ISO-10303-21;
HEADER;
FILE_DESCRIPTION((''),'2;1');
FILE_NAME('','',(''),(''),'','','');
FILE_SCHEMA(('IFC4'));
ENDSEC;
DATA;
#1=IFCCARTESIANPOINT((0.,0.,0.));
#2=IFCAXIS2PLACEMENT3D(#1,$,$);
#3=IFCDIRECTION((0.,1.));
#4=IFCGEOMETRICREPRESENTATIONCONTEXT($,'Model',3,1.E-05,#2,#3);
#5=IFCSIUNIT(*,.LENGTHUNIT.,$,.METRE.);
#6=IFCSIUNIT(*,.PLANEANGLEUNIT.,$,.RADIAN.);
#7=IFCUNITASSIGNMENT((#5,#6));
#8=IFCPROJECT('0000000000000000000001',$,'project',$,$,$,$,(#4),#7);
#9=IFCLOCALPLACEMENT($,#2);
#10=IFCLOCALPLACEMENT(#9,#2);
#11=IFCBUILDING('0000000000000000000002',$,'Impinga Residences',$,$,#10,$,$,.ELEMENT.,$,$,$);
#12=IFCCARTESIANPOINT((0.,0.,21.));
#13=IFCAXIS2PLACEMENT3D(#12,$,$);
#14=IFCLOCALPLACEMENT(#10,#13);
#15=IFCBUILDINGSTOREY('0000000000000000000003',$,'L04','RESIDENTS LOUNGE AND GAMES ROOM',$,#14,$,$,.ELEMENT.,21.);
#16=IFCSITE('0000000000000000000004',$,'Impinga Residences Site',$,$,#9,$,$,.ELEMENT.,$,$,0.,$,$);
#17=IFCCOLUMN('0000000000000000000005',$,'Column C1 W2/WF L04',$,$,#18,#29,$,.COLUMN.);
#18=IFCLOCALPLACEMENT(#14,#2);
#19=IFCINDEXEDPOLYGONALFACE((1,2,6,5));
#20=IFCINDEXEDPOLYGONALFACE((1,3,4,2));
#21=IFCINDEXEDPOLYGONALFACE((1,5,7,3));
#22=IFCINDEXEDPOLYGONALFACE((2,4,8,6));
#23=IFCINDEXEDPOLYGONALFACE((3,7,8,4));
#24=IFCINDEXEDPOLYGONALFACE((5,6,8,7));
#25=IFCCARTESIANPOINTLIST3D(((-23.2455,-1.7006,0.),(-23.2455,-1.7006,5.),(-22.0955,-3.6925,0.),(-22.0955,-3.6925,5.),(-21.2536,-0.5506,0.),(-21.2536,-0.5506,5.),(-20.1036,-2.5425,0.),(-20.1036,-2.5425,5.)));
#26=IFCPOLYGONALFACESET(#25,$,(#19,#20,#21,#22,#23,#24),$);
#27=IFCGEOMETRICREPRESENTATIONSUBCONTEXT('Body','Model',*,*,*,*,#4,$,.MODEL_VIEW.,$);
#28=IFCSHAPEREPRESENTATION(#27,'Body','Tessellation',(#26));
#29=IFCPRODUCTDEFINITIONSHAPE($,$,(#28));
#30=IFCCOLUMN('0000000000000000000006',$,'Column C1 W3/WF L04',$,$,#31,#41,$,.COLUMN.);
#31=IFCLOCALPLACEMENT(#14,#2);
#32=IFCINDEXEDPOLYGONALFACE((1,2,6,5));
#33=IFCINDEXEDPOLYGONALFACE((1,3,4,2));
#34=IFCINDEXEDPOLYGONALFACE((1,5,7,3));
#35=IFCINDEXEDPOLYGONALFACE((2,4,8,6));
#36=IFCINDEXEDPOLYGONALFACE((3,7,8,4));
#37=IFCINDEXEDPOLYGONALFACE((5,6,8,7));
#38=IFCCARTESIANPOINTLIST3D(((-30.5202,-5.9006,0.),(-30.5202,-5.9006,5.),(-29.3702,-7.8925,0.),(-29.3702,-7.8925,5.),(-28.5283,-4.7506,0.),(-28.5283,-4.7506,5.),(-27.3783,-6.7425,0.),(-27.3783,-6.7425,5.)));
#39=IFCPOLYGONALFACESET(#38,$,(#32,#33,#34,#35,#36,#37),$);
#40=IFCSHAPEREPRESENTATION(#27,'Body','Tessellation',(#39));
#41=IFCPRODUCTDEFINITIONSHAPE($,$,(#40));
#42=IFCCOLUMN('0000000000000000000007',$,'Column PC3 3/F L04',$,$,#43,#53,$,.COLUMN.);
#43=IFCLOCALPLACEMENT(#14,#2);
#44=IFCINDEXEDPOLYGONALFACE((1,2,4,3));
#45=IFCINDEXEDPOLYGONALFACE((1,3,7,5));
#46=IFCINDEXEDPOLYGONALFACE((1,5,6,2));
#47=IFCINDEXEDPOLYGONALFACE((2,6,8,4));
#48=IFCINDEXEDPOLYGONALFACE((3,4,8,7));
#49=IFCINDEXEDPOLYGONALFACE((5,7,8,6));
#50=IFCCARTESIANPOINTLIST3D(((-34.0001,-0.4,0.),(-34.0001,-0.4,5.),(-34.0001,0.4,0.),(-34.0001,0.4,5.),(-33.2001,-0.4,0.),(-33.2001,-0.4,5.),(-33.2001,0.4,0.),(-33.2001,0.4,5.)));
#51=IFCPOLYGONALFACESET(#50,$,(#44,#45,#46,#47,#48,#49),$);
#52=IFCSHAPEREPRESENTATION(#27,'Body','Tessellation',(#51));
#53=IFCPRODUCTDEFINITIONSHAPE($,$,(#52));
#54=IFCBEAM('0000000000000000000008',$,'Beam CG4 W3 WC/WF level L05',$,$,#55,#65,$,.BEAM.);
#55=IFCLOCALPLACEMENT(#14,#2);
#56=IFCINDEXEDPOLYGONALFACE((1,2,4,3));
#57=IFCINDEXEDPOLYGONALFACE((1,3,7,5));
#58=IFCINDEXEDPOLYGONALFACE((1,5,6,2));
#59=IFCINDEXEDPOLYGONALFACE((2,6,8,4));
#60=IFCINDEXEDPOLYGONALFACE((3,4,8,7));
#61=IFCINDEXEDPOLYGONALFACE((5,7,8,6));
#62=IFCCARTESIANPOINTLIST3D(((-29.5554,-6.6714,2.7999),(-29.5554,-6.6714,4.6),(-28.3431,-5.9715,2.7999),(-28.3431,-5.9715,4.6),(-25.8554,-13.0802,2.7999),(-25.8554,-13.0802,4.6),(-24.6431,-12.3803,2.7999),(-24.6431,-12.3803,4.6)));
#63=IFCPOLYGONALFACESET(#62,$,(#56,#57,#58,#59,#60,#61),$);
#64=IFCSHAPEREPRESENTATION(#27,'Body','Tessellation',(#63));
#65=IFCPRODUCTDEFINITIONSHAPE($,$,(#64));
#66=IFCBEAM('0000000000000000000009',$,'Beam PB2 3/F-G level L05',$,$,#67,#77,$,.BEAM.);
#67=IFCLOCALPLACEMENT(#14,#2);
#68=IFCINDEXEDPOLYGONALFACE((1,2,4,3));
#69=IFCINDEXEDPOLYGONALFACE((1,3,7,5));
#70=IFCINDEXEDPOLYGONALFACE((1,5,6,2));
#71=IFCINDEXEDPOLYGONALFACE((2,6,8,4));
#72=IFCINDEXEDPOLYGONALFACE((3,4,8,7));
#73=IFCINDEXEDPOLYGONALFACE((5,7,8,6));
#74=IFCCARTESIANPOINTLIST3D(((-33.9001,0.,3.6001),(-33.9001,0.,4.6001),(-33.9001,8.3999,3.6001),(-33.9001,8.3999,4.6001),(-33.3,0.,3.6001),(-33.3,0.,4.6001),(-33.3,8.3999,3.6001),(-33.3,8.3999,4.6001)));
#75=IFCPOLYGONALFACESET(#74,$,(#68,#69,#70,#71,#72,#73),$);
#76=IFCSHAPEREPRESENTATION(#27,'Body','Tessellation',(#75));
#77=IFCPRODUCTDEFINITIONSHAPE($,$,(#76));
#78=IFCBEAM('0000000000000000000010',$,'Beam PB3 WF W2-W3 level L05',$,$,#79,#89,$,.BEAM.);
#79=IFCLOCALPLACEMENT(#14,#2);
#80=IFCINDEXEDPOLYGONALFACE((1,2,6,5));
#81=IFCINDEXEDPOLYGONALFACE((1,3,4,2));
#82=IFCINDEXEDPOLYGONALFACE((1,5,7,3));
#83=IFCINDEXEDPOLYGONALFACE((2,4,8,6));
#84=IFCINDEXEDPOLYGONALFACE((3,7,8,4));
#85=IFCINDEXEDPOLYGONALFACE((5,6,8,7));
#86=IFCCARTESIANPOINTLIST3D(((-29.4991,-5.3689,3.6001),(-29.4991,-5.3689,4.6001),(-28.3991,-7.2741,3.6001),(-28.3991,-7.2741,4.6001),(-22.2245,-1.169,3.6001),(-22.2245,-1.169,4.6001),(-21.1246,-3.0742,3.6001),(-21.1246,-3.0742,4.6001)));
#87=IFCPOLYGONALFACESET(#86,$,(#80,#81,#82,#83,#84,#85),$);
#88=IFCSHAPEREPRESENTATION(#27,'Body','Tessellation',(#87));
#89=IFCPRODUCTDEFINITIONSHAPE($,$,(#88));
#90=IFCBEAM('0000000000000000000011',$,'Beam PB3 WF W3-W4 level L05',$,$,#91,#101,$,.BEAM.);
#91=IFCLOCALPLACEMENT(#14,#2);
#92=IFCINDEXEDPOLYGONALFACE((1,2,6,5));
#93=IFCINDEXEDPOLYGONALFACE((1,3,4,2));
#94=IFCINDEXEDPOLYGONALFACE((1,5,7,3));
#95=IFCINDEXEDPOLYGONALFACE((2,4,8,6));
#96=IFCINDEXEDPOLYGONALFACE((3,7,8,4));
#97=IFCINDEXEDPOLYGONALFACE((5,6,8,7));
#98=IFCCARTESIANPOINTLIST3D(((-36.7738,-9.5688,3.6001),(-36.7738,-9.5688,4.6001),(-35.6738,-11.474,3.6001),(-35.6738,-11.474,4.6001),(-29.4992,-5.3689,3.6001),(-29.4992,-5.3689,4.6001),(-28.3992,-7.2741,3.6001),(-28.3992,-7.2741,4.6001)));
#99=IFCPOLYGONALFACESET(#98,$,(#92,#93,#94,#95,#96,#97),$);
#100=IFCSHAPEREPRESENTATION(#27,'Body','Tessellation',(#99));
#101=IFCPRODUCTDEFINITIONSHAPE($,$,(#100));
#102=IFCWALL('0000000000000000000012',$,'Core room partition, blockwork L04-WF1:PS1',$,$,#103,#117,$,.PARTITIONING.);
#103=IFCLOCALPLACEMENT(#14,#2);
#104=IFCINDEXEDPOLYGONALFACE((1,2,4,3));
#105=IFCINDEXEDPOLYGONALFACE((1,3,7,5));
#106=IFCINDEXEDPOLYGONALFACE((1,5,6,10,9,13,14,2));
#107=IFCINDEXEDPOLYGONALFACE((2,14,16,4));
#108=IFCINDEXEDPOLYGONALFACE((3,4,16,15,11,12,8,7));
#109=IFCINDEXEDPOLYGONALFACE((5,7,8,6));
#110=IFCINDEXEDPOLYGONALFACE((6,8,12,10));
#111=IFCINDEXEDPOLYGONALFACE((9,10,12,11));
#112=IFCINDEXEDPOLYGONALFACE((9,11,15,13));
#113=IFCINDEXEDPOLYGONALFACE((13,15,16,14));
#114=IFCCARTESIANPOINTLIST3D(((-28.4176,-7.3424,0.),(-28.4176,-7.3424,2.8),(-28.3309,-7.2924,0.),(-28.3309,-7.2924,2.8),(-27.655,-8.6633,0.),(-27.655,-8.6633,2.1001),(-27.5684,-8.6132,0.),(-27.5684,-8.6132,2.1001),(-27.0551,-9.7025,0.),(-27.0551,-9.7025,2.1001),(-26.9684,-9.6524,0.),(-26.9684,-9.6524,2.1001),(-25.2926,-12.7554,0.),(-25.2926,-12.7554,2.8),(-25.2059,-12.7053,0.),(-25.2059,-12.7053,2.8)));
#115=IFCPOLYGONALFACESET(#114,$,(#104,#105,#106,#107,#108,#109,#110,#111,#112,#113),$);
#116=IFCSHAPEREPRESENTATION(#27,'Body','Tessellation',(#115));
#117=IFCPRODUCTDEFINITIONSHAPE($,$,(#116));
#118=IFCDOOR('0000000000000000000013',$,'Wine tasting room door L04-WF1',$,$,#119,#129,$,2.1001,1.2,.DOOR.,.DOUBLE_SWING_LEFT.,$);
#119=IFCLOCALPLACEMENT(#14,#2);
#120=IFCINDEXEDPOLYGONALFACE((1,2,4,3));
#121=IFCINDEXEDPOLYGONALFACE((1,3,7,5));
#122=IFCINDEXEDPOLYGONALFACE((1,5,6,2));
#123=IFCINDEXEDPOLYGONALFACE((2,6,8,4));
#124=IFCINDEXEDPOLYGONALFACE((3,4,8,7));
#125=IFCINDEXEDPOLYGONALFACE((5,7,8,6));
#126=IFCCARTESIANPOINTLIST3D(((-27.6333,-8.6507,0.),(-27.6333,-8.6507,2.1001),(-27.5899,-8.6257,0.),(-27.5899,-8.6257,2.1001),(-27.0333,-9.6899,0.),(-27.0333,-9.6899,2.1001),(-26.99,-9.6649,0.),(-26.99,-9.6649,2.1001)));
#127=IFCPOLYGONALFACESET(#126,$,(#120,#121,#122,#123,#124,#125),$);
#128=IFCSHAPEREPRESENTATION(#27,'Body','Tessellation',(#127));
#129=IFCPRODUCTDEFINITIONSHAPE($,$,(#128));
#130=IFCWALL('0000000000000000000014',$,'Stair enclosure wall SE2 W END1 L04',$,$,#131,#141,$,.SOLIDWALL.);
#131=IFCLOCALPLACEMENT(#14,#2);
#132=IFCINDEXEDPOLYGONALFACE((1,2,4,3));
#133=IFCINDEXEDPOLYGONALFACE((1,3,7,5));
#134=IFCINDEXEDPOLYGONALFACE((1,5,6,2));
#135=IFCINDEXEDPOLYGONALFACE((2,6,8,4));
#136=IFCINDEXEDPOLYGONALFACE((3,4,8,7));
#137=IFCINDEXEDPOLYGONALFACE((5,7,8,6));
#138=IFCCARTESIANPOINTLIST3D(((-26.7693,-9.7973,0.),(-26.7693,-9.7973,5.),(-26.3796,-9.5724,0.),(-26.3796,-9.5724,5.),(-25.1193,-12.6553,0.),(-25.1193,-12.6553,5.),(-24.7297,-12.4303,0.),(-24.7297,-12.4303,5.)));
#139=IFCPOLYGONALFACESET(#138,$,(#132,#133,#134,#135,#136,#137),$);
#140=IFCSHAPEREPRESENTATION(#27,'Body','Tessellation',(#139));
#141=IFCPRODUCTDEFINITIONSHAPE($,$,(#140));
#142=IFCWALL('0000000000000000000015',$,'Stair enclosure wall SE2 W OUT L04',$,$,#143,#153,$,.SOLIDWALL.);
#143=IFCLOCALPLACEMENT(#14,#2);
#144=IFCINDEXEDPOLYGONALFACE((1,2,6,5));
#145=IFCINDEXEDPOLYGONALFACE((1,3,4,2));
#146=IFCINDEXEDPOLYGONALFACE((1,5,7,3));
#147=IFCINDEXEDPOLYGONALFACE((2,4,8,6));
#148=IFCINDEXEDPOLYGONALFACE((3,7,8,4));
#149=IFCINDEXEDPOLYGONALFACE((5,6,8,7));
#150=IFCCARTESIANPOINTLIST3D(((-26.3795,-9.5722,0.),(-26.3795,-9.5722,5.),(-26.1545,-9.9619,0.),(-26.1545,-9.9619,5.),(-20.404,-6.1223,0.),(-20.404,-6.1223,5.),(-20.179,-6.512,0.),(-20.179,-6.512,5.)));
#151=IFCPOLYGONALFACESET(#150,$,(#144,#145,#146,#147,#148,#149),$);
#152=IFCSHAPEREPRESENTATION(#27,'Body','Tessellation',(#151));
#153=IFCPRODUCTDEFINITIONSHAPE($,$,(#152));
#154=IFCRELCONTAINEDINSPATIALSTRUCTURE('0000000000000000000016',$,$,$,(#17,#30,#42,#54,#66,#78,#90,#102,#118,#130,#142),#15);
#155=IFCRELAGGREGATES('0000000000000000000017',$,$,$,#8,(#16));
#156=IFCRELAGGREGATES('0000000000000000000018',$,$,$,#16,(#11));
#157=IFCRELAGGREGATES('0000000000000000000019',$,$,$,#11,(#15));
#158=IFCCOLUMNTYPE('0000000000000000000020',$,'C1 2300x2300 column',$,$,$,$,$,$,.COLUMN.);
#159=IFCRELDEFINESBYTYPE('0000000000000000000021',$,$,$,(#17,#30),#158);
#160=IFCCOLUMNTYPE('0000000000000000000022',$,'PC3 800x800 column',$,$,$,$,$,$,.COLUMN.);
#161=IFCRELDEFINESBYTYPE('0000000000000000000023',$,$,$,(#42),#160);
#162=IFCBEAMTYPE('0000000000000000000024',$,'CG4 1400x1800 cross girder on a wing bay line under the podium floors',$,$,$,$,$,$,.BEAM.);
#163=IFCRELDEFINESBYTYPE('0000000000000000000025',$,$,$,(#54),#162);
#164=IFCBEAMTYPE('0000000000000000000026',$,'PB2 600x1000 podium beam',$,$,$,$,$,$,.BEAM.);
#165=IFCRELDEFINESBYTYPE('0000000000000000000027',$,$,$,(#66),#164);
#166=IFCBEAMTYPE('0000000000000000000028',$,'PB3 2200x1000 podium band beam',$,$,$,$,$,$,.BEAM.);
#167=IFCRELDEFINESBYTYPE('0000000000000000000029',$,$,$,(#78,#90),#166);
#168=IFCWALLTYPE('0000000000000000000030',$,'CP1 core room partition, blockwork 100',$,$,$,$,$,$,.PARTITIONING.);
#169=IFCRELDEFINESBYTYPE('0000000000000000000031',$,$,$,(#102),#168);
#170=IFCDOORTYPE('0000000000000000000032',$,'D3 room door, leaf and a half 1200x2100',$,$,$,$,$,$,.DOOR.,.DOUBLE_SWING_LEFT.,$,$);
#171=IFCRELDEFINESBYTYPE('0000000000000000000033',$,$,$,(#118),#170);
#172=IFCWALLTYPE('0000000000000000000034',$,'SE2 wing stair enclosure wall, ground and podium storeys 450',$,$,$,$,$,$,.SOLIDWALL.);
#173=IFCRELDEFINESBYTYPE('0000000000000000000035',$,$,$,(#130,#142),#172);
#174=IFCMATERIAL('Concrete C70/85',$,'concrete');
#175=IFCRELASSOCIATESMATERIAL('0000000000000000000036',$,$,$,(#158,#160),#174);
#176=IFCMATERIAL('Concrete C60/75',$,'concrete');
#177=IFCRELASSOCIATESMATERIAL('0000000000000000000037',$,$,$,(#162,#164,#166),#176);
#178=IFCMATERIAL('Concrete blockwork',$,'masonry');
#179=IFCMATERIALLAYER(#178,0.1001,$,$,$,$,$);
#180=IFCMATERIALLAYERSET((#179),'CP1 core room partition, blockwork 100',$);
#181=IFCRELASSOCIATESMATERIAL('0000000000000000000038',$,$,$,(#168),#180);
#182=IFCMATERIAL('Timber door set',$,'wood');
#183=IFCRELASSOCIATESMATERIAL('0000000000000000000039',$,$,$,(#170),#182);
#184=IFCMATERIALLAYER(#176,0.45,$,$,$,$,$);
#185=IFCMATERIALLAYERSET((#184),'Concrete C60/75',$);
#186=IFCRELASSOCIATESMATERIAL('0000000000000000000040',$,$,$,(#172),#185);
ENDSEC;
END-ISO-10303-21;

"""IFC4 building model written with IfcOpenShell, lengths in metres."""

from ifc_helpers import new_model, si_unit, direction, frame, frame_2d, origin, origin_2d, place, context, subcontext, project, spatial, rectangle, extrude, material, layer, layer_set, material_profile, profile_set, type_object, element, fill, save


model = new_model("IFC4")

# Units and contexts
model_context = context("Model", 3, precision=1e-05, world=origin(), true_north=direction((0.0, 1.0)))
body_context = subcontext(model_context, "Body", "Model", "MODEL_VIEW")
ifc_project = project(units=[si_unit("LENGTHUNIT", "METRE"), si_unit("PLANEANGLEUNIT", "RADIAN")], contexts=[model_context])

# Site, building, storey
site_placement = place(None, origin())
site = spatial("IfcSite", under=ifc_project, at=site_placement, Name="Impinga Residences Site", CompositionType="ELEMENT", RefElevation=0.0)
building_placement = place(site_placement, origin())
building = spatial("IfcBuilding", under=site, at=building_placement, Name="Impinga Residences", CompositionType="ELEMENT")
storey_placement = place(building_placement, frame((0.0, 0.0, 21.0)))
storey = spatial("IfcBuildingStorey", under=building, at=storey_placement, Name="L04", Description="RESIDENTS LOUNGE AND GAMES ROOM", CompositionType="ELEMENT", Elevation=21.0)

# Columns
ifc_material_1 = material(Name="Concrete C70/85", Category="concrete")
ifc_material_profile_1 = material_profile(ifc_material_1, rectangle(XDim=2.3, YDim=2.3, at=origin_2d()), Name="RC 2300x2300")
ifc_profile_set_1 = profile_set([ifc_material_profile_1], Name="Concrete C70/85")
column_type_1 = type_object("IfcColumnType", Name="C1 2300x2300 column", PredefinedType="COLUMN", material=ifc_profile_set_1)
for number, where, z_axis, x_axis, name in (
    (1, (-21.6746, -2.1216, 0.0), (0.0, 0.0, 1.0), (-0.5, 0.866025, 0.0), "Column C1 W2/WF L04"),
    (2, (-28.9492, -6.3215, 0.0), (0.0, 0.0, 1.0), (-0.5, 0.866025, 0.0), "Column C1 W3/WF L04"),
):
    element("IfcColumn", number, at=place(storey_placement, frame(where, z_axis=z_axis, x_axis=x_axis)), inside=storey, type_object=column_type_1, Name=name, PredefinedType="COLUMN", context=body_context, shape_type="SweptSolid", body=[
        extrude(rectangle(XDim=2.3, YDim=2.3, at=origin_2d()), origin(), (0.0, 0.0, 1.0), 5.0),
    ])
ifc_material_profile_2 = material_profile(ifc_material_1, rectangle(XDim=0.8, YDim=0.8, at=origin_2d()), Name="RC 800x800")
ifc_profile_set_2 = profile_set([ifc_material_profile_2], Name="Concrete C70/85")
column_type_2 = type_object("IfcColumnType", Name="PC3 800x800 column", PredefinedType="COLUMN", material=ifc_profile_set_2)
column_placement = place(storey_placement, frame((-33.6001, 0.0, 0.0), z_axis=(0.0, 0.0, 1.0), x_axis=(1.0, 0.0, 0.0)))
element("IfcColumn", 3, at=column_placement, inside=storey, type_object=column_type_2, Name="Column PC3 3/F L04", PredefinedType="COLUMN", context=body_context, shape_type="SweptSolid", body=[
    extrude(rectangle(XDim=0.8, YDim=0.8, at=origin_2d()), origin(), (0.0, 0.0, 1.0), 5.0),
])

# Beams
ifc_material_2 = material(Name="Concrete C60/75", Category="concrete")
ifc_material_profile_3 = material_profile(ifc_material_2, rectangle(XDim=1.3999, YDim=1.8, at=origin_2d()), Name="RC 1400x1800")
ifc_profile_set_3 = profile_set([ifc_material_profile_3], Name="Concrete C60/75")
beam_type_1 = type_object("IfcBeamType", Name="CG4 1400x1800 cross girder on a wing bay line under the podium floors", PredefinedType="BEAM", material=ifc_profile_set_3)
beam_1_placement = place(storey_placement, frame((-25.2493, -12.7302, 3.7), z_axis=(-0.499989, 0.866032, 0.0), x_axis=(-0.866032, -0.499989, 0.0)))
element("IfcBeam", 4, at=beam_1_placement, inside=storey, type_object=beam_type_1, Name="Beam CG4 W3 WC/WF level L05", PredefinedType="BEAM", context=body_context, shape_type="SweptSolid", body=[
    extrude(rectangle(XDim=1.3999, YDim=1.8, at=origin_2d()), origin(), (0.0, 0.0, 1.0), 7.4001),
])
ifc_material_profile_4 = material_profile(ifc_material_2, rectangle(XDim=0.6001, YDim=1.0, at=origin_2d()), Name="RC 600x1000")
ifc_profile_set_4 = profile_set([ifc_material_profile_4], Name="Concrete C60/75")
beam_type_2 = type_object("IfcBeamType", Name="PB2 600x1000 podium beam", PredefinedType="BEAM", material=ifc_profile_set_4)
beam_2_placement = place(storey_placement, frame((-33.6001, 0.0, 4.1001), z_axis=(0.0, 1.0, 0.0), x_axis=(-1.0, 0.0, 0.0)))
element("IfcBeam", 5, at=beam_2_placement, inside=storey, type_object=beam_type_2, Name="Beam PB2 3/F-G level L05", PredefinedType="BEAM", context=body_context, shape_type="SweptSolid", body=[
    extrude(rectangle(XDim=0.6001, YDim=1.0, at=origin_2d()), origin(), (0.0, 0.0, 1.0), 8.3999),
])
ifc_material_profile_5 = material_profile(ifc_material_2, rectangle(XDim=2.2, YDim=1.0, at=origin_2d()), Name="RC 2200x1000")
ifc_profile_set_5 = profile_set([ifc_material_profile_5], Name="Concrete C60/75")
beam_type_3 = type_object("IfcBeamType", Name="PB3 2200x1000 podium band beam", PredefinedType="BEAM", material=ifc_profile_set_5)
for number, where, z_axis, x_axis, name in (
    (6, (-21.6746, -2.1216, 4.1001), (-0.866029, -0.499993, 0.0), (0.499993, -0.866029, 0.0), "Beam PB3 WF W2-W3 level L05"),
    (7, (-28.9492, -6.3215, 4.1001), (-0.866029, -0.499993, 0.0), (0.499993, -0.866029, 0.0), "Beam PB3 WF W3-W4 level L05"),
):
    element("IfcBeam", number, at=place(storey_placement, frame(where, z_axis=z_axis, x_axis=x_axis)), inside=storey, type_object=beam_type_3, Name=name, PredefinedType="BEAM", context=body_context, shape_type="SweptSolid", body=[
        extrude(rectangle(XDim=2.2, YDim=1.0, at=origin_2d()), origin(), (0.0, 0.0, 1.0), 8.3999),
    ])

# Wall, opening, door
ifc_material_3 = material(Name="Concrete blockwork", Category="masonry")
ifc_layer_1 = layer(ifc_material_3, 0.1001)
ifc_layer_set_1 = layer_set([ifc_layer_1], Name="CP1 core room partition, blockwork 100")
wall_type_1 = type_object("IfcWallType", Name="CP1 core room partition, blockwork 100", PredefinedType="PARTITIONING", material=ifc_layer_set_1)
wall_1_placement = place(storey_placement, frame((-25.2493, -12.7302, 0.0), z_axis=(0.0, 0.0, 1.0), x_axis=(-0.499987, 0.866033, 0.0)))
wall_1 = element("IfcWall", 8, at=wall_1_placement, inside=storey, type_object=wall_type_1, Name="Core room partition, blockwork L04-WF1:PS1", PredefinedType="PARTITIONING", context=body_context, shape_type="SweptSolid", body=[
    extrude(rectangle(XDim=6.2502, YDim=0.1001, at=frame_2d((3.125, 0.0))), origin(), (0.0, 0.0, 1.0), 2.8),
])
opening_placement = place(wall_1_placement, frame((3.5249, 0.0, 0.0)))
opening = element("IfcOpeningElement", 9, at=opening_placement, cuts=wall_1, PredefinedType="OPENING", context=body_context, shape_type="SweptSolid", body=[
    extrude(rectangle(XDim=1.2, YDim=2.1001, at=frame_2d((0.6001, 1.05))), frame((0.0, 0.0601, 0.0), z_axis=(0.0, -1.0, 0.0), x_axis=(1.0, 0.0, 0.0)), (0.0, 0.0, 1.0), 0.1201),
])
ifc_material_4 = material(Name="Timber door set", Category="wood")
door_type = type_object("IfcDoorType", Name="D3 room door, leaf and a half 1200x2100", OperationType="DOUBLE_SWING_LEFT", PredefinedType="DOOR", material=ifc_material_4)
door_placement = place(opening_placement, origin())
door = element("IfcDoor", 10, at=door_placement, inside=storey, type_object=door_type, Name="Wine tasting room door L04-WF1", OperationType="DOUBLE_SWING_LEFT", OverallHeight=2.1001, OverallWidth=1.2, PredefinedType="DOOR", context=body_context, shape_type="SweptSolid", body=[
    extrude(rectangle(XDim=1.2, YDim=2.1001, at=frame_2d((0.6001, 1.05))), frame((0.0, 0.0249, 0.0), z_axis=(0.0, -1.0, 0.0), x_axis=(1.0, 0.0, 0.0)), (0.0, 0.0, 1.0), 0.05),
])
fill(opening, door)

# Walls
ifc_layer_2 = layer(ifc_material_2, 0.45)
ifc_layer_set_2 = layer_set([ifc_layer_2], Name="Concrete C60/75")
wall_type_2 = type_object("IfcWallType", Name="SE2 wing stair enclosure wall, ground and podium storeys 450", PredefinedType="SOLIDWALL", material=ifc_layer_set_2)
wall_2_placement = place(storey_placement, frame((-24.9246, -12.5427, 0.0), z_axis=(0.0, 0.0, 1.0), x_axis=(-0.499974, 0.86604, 0.0)))
element("IfcWall", 11, at=wall_2_placement, inside=storey, type_object=wall_type_2, Name="Stair enclosure wall SE2 W END1 L04", PredefinedType="SOLIDWALL", context=body_context, shape_type="SweptSolid", body=[
    extrude(rectangle(XDim=3.3, YDim=0.45, at=frame_2d((1.6499, 0.0))), origin(), (0.0, 0.0, 1.0), 5.0),
])
wall_3_placement = place(storey_placement, frame((-20.2915, -6.3171, 0.0), z_axis=(0.0, 0.0, 1.0), x_axis=(-0.866029, -0.499994, 0.0)))
element("IfcWall", 12, at=wall_3_placement, inside=storey, type_object=wall_type_2, Name="Stair enclosure wall SE2 W OUT L04", PredefinedType="SOLIDWALL", context=body_context, shape_type="SweptSolid", body=[
    extrude(rectangle(XDim=6.8999, YDim=0.45, at=frame_2d((3.45, 0.0))), origin(), (0.0, 0.0, 1.0), 5.0),
])

save(model, "model.ifc")
